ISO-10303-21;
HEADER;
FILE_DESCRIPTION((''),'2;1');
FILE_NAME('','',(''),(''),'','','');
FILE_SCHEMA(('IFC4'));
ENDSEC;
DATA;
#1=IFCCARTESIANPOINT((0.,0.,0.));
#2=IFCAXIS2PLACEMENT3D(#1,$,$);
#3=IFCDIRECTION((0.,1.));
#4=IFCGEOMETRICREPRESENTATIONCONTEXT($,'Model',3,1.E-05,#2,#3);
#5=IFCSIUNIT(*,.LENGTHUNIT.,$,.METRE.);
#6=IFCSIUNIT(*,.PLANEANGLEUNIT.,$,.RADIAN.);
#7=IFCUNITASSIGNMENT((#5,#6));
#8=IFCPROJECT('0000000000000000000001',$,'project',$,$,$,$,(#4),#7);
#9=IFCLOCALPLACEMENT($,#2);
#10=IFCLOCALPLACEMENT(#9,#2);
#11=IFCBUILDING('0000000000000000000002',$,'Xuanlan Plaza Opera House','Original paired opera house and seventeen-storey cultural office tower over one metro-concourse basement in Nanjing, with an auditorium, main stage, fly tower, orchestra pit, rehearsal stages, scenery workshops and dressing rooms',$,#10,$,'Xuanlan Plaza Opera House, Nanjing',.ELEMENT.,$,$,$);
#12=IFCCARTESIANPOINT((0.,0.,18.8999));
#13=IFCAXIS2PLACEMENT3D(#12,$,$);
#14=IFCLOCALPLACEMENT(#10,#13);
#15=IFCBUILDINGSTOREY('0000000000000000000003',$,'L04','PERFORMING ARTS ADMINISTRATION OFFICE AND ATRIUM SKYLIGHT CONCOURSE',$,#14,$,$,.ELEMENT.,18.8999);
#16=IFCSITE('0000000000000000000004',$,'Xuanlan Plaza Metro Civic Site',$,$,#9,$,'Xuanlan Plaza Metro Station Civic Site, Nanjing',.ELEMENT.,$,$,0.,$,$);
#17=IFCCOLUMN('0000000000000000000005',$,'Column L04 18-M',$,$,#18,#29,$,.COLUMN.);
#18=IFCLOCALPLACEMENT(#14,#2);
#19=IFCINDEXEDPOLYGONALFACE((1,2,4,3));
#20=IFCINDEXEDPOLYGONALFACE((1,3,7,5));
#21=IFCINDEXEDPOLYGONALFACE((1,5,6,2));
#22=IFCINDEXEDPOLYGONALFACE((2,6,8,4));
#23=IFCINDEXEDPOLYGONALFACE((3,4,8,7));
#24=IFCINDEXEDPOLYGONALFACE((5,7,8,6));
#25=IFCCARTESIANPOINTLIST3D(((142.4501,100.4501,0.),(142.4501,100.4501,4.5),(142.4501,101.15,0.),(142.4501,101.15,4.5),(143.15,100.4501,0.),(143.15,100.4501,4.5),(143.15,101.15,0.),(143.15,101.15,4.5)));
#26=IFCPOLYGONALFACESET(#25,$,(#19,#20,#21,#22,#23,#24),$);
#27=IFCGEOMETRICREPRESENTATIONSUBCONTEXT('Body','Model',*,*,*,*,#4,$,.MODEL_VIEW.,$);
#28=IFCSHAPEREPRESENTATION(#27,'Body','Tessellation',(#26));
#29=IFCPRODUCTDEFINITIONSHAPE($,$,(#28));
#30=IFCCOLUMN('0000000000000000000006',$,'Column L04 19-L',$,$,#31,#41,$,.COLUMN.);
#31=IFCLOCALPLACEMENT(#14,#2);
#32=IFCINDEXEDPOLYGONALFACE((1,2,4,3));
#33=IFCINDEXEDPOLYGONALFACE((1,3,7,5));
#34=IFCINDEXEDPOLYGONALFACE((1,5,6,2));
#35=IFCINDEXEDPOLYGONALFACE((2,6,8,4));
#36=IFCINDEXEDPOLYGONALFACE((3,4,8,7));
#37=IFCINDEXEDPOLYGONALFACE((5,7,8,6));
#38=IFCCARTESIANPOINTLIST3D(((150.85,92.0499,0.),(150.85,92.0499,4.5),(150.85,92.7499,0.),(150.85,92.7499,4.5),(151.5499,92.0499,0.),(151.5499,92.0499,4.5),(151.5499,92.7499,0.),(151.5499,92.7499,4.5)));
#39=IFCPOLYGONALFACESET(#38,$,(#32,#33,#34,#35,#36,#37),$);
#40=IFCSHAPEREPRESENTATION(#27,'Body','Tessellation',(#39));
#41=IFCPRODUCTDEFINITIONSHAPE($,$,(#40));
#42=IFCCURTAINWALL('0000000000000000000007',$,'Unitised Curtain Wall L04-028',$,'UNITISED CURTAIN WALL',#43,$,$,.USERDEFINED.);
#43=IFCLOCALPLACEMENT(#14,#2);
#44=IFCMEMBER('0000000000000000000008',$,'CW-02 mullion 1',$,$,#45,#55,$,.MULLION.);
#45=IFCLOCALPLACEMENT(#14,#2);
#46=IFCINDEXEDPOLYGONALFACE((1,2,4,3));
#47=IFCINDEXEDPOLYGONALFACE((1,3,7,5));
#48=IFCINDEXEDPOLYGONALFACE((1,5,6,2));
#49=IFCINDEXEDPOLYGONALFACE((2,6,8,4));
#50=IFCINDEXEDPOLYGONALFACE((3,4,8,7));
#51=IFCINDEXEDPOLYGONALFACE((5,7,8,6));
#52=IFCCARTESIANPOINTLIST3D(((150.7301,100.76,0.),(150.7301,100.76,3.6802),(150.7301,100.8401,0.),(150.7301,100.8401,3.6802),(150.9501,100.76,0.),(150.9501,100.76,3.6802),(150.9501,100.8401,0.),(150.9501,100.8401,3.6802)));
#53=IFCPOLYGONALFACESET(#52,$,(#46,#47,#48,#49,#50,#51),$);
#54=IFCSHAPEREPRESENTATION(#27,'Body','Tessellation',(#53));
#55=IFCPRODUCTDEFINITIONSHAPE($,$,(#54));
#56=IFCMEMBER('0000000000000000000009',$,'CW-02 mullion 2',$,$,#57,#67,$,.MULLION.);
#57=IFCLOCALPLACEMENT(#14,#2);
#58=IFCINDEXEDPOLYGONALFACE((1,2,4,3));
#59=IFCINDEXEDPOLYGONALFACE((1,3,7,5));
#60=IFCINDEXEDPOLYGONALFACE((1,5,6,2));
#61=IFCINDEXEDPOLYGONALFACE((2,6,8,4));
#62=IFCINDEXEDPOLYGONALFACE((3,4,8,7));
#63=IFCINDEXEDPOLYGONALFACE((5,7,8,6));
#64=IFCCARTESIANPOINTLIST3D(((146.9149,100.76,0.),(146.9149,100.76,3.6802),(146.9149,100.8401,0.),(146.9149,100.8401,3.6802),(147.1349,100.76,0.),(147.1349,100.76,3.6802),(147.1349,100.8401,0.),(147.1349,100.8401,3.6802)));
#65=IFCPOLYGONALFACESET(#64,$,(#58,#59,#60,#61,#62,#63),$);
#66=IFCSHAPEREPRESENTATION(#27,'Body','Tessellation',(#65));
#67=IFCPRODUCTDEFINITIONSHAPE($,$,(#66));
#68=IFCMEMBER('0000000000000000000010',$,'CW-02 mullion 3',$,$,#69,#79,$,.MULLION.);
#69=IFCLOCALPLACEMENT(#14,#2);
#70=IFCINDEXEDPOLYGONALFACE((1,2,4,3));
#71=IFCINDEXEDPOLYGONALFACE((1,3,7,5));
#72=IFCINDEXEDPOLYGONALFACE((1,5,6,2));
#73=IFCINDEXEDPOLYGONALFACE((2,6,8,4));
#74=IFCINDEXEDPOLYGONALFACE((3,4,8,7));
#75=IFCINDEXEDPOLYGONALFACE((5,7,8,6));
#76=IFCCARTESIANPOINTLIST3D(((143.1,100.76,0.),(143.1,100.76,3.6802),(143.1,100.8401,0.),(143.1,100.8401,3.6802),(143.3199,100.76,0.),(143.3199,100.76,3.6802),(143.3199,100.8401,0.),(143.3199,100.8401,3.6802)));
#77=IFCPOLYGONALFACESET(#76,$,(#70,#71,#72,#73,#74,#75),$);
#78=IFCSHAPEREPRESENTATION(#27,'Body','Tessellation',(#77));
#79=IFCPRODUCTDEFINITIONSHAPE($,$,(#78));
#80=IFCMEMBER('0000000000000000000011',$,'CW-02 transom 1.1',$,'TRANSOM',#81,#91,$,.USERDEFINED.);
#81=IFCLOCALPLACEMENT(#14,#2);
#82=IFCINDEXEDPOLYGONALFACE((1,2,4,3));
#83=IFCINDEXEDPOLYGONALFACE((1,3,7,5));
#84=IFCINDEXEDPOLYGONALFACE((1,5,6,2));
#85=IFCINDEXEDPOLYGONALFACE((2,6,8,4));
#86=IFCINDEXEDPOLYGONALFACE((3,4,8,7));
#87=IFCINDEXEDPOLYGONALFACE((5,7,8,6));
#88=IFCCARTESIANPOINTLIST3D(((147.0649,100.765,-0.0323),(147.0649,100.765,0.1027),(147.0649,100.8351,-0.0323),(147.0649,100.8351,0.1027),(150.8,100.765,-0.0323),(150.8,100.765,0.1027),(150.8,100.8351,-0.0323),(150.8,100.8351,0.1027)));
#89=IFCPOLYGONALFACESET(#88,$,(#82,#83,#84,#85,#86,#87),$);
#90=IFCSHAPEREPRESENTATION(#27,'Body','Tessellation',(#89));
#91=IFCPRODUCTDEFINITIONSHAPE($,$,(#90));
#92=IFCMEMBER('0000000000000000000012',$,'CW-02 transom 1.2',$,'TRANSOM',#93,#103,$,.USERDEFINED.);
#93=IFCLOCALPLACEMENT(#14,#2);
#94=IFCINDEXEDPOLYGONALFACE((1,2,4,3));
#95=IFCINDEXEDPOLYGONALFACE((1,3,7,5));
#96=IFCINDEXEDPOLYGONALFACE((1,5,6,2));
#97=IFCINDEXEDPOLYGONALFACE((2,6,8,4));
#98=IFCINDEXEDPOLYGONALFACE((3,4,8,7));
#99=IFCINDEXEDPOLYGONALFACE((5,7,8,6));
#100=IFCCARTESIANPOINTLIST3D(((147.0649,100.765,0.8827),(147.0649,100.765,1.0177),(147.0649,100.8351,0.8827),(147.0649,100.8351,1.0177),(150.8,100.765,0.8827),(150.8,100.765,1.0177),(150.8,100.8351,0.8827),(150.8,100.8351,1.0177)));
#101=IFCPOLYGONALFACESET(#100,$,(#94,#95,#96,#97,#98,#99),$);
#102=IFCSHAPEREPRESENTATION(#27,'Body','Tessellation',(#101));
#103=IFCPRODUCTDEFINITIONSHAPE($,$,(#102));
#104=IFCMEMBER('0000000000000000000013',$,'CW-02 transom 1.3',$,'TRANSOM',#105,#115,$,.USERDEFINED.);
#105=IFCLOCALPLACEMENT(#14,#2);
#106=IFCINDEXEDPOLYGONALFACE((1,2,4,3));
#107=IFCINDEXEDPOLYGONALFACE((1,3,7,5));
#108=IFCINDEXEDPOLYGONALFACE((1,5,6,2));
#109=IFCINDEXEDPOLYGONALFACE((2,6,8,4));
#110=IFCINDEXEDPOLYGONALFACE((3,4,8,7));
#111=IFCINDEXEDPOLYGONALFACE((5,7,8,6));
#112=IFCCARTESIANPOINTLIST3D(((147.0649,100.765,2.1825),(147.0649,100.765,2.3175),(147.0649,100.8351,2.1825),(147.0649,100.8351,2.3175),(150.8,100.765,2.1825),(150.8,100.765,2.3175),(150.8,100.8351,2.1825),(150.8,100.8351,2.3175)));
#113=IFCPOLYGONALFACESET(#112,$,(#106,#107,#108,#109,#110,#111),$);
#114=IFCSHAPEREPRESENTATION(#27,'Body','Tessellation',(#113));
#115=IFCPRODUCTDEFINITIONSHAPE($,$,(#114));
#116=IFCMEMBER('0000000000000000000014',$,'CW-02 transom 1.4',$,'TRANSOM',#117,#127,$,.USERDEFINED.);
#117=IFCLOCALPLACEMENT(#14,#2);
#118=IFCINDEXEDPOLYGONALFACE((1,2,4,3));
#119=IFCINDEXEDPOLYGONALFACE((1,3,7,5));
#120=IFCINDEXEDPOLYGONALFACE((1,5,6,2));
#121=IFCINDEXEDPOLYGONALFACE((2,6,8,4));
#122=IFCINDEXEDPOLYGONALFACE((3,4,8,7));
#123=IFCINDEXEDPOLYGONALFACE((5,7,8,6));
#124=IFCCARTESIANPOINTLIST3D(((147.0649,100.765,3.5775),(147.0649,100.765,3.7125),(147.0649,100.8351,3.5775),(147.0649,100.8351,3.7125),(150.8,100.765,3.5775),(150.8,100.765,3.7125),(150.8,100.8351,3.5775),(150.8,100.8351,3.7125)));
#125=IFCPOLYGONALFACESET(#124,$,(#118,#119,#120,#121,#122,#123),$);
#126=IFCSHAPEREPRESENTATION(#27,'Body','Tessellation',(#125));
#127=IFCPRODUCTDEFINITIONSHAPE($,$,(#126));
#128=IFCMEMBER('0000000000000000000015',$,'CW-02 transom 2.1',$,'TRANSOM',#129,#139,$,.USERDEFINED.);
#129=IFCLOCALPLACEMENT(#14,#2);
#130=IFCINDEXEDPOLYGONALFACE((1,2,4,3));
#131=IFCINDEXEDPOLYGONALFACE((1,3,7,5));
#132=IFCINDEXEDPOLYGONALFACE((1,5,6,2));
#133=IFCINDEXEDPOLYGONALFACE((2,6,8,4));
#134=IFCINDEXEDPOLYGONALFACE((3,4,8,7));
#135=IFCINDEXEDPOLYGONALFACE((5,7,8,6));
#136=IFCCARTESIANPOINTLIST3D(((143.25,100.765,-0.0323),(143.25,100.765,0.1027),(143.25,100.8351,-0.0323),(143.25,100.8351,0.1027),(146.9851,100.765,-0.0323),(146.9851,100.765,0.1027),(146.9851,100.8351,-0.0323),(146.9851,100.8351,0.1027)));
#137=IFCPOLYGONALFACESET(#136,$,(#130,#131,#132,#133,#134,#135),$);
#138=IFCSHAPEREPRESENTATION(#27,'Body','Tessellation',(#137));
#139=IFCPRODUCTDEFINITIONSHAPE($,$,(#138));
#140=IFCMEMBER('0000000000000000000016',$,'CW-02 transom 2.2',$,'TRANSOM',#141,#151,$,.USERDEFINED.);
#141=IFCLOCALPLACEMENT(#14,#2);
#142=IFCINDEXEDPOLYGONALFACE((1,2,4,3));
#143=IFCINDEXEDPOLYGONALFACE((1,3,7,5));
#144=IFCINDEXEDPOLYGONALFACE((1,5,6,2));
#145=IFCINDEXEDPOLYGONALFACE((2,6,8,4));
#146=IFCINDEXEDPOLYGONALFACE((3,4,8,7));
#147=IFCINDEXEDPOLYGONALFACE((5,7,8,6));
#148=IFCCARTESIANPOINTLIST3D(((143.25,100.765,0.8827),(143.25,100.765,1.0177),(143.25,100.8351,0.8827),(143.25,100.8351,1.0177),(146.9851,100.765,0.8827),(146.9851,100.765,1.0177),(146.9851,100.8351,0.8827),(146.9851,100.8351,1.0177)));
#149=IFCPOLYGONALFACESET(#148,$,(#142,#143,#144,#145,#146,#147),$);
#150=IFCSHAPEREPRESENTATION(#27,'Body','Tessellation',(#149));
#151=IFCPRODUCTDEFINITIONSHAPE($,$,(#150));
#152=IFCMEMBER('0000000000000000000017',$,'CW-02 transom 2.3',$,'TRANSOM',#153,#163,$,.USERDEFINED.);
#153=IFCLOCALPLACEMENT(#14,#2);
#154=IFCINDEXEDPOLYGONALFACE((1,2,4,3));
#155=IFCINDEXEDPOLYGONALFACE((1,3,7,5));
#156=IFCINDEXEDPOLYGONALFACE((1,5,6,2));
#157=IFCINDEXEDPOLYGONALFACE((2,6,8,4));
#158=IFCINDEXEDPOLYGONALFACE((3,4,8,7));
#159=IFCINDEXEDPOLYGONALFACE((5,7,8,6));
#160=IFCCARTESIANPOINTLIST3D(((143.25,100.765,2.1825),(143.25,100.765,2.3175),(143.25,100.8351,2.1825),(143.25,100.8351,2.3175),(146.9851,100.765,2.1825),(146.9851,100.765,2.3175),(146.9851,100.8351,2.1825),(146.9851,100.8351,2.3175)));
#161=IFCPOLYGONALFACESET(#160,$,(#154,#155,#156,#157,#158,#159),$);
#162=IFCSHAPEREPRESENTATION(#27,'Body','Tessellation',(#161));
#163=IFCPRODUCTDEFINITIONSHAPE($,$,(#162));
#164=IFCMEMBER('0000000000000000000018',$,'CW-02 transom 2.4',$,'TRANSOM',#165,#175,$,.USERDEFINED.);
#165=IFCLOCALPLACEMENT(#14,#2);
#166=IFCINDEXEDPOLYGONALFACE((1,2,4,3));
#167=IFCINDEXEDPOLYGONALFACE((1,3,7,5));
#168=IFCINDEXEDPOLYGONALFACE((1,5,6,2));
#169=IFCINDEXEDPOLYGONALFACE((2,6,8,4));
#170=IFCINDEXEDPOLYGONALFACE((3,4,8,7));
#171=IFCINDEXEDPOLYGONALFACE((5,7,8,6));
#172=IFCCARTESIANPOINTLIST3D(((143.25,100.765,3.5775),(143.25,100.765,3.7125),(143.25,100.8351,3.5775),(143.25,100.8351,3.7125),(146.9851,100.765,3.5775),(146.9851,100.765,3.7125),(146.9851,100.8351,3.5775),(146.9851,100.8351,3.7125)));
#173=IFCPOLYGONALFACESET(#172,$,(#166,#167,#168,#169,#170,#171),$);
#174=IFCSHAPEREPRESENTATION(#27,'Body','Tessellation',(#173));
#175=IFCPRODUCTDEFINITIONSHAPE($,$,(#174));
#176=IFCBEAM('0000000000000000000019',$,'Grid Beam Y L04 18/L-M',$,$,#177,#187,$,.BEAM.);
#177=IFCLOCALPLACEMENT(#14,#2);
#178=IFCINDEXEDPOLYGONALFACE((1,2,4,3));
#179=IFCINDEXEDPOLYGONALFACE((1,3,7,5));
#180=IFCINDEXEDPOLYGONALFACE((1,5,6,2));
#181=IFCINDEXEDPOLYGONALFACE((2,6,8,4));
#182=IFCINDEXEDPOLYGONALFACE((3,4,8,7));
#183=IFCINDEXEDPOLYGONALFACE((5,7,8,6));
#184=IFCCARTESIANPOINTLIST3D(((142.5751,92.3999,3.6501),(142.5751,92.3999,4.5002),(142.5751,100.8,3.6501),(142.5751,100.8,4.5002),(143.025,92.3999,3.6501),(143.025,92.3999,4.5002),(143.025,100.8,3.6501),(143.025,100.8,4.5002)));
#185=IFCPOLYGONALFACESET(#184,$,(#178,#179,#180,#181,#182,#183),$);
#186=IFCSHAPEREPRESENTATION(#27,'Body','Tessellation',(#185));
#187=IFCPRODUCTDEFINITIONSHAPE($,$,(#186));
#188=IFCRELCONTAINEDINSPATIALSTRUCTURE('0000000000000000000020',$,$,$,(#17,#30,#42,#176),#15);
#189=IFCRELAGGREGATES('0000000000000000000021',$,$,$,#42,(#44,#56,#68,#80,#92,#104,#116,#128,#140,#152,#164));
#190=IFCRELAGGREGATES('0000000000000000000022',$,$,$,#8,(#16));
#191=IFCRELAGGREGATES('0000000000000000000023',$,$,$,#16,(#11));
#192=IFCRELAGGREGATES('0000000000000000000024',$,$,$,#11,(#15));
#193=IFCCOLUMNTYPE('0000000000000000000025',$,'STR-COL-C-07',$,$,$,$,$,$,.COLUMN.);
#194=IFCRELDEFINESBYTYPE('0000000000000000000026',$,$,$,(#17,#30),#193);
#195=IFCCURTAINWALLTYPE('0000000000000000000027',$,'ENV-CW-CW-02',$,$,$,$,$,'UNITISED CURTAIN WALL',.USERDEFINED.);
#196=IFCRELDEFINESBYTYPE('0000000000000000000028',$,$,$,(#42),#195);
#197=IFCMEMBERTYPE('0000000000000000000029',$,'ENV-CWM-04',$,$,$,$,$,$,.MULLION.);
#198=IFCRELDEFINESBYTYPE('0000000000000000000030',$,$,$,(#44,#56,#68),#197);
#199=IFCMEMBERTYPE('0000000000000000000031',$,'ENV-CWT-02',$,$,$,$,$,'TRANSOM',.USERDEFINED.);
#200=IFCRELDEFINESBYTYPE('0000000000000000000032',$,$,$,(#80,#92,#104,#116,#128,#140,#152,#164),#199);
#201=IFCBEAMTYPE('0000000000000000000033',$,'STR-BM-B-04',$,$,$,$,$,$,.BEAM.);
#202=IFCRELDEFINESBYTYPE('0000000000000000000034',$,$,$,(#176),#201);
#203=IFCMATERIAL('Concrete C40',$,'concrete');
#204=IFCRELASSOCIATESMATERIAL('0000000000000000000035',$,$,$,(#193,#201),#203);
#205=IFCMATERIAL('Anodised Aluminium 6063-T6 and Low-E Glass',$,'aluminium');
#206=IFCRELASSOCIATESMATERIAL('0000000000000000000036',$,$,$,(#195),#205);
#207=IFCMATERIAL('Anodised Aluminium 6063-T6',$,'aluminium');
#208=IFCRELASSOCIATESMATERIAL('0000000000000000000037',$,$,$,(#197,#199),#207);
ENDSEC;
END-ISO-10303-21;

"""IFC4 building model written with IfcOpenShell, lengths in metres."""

from ifc_helpers import new_model, si_unit, direction, frame, origin, origin_2d, place, context, subcontext, project, spatial, rectangle, extrude, material, material_profile, profile_set, type_object, element, aggregate, save


model = new_model("IFC4")

# Units and contexts
model_context = context("Model", 3, precision=1e-05, world=origin(), true_north=direction((0.0, 1.0)))
body_context = subcontext(model_context, "Body", "Model", "MODEL_VIEW")
ifc_project = project(units=[si_unit("LENGTHUNIT", "METRE"), si_unit("PLANEANGLEUNIT", "RADIAN")], contexts=[model_context])

# Site, building, storey
site_placement = place(None, origin())
site = spatial("IfcSite", under=ifc_project, at=site_placement, Name="Xuanlan Plaza Metro Civic Site", LongName="Xuanlan Plaza Metro Station Civic Site, Nanjing", CompositionType="ELEMENT", RefElevation=0.0)
building_placement = place(site_placement, origin())
building = spatial("IfcBuilding", under=site, at=building_placement, Name="Xuanlan Plaza Opera House", Description="Original paired opera house and seventeen-storey cultural office tower over one metro-concourse basement in Nanjing, with an auditorium, main stage, fly tower, orchestra pit, rehearsal stages, scenery workshops and dressing rooms", LongName="Xuanlan Plaza Opera House, Nanjing", CompositionType="ELEMENT")
storey_placement = place(building_placement, frame((0.0, 0.0, 18.8999)))
storey = spatial("IfcBuildingStorey", under=building, at=storey_placement, Name="L04", Description="PERFORMING ARTS ADMINISTRATION OFFICE AND ATRIUM SKYLIGHT CONCOURSE", CompositionType="ELEMENT", Elevation=18.8999)

# Columns
ifc_material_1 = material(Name="Concrete C40", Category="concrete")
ifc_material_profile_1 = material_profile(ifc_material_1, rectangle(XDim=0.7, YDim=0.7, at=origin_2d()), Name="RC-COL 700x700")
ifc_profile_set_1 = profile_set([ifc_material_profile_1], Name="Concrete C40")
column_type = type_object("IfcColumnType", Name="STR-COL-C-07", PredefinedType="COLUMN", material=ifc_profile_set_1)
for number, where, z_axis, x_axis, name in (
    (1, (142.8, 100.8, 0.0), (0.0, 0.0, 1.0), (1.0, 0.0, 0.0), "Column L04 18-M"),
    (2, (151.2, 92.3999, 0.0), (0.0, 0.0, 1.0), (1.0, 0.0, 0.0), "Column L04 19-L"),
):
    element("IfcColumn", number, at=place(storey_placement, frame(where, z_axis=z_axis, x_axis=x_axis)), inside=storey, type_object=column_type, Name=name, PredefinedType="COLUMN", context=body_context, shape_type="SweptSolid", body=[
        extrude(rectangle(XDim=0.7, YDim=0.7, at=origin_2d()), origin(), (0.0, 0.0, 1.0), 4.5),
    ])

# Curtain wall, members
ifc_material_2 = material(Name="Anodised Aluminium 6063-T6 and Low-E Glass", Category="aluminium")
curtain_wall_type = type_object("IfcCurtainWallType", Name="ENV-CW-CW-02", ElementType="UNITISED CURTAIN WALL", PredefinedType="USERDEFINED", material=ifc_material_2)
curtain_wall_placement = place(storey_placement, origin())
curtain_wall = element("IfcCurtainWall", 3, at=curtain_wall_placement, inside=storey, type_object=curtain_wall_type, Name="Unitised Curtain Wall L04-028", ObjectType="UNITISED CURTAIN WALL", PredefinedType="USERDEFINED")
ifc_material_3 = material(Name="Anodised Aluminium 6063-T6", Category="aluminium")
ifc_material_profile_2 = material_profile(ifc_material_3, rectangle(XDim=0.0801, YDim=0.22, at=origin_2d()), Name="ALU-M 80x220")
ifc_profile_set_2 = profile_set([ifc_material_profile_2], Name="Anodised Aluminium 6063-T6")
member_type_1 = type_object("IfcMemberType", Name="ENV-CWM-04", PredefinedType="MULLION", material=ifc_profile_set_2)
member_1_placement = place(storey_placement, frame((150.8401, 100.8, 0.0), z_axis=(0.0, 0.0, 1.0), x_axis=(0.0, -1.0, 0.0)))
member_1 = element("IfcMember", 4, at=member_1_placement, type_object=member_type_1, Name="CW-02 mullion 1", PredefinedType="MULLION", context=body_context, shape_type="SweptSolid", body=[
    extrude(rectangle(XDim=0.0801, YDim=0.22, at=origin_2d()), origin(), (0.0, 0.0, 1.0), 3.6802),
])
member_2_placement = place(storey_placement, frame((147.0249, 100.8, 0.0), z_axis=(0.0, 0.0, 1.0), x_axis=(0.0, -1.0, 0.0)))
member_2 = element("IfcMember", 5, at=member_2_placement, type_object=member_type_1, Name="CW-02 mullion 2", PredefinedType="MULLION", context=body_context, shape_type="SweptSolid", body=[
    extrude(rectangle(XDim=0.0801, YDim=0.22, at=origin_2d()), origin(), (0.0, 0.0, 1.0), 3.6802),
])
member_3_placement = place(storey_placement, frame((143.21, 100.8, 0.0), z_axis=(0.0, 0.0, 1.0), x_axis=(0.0, -1.0, 0.0)))
member_3 = element("IfcMember", 6, at=member_3_placement, type_object=member_type_1, Name="CW-02 mullion 3", PredefinedType="MULLION", context=body_context, shape_type="SweptSolid", body=[
    extrude(rectangle(XDim=0.0801, YDim=0.22, at=origin_2d()), origin(), (0.0, 0.0, 1.0), 3.6802),
])
ifc_material_profile_3 = material_profile(ifc_material_3, rectangle(XDim=0.0701, YDim=0.135, at=origin_2d()), Name="ALU-T 70x135")
ifc_profile_set_3 = profile_set([ifc_material_profile_3], Name="Anodised Aluminium 6063-T6")
member_type_2 = type_object("IfcMemberType", Name="ENV-CWT-02", ElementType="TRANSOM", PredefinedType="USERDEFINED", material=ifc_profile_set_3)
member_4_placement = place(storey_placement, frame((150.8, 100.8, 0.0352), z_axis=(-1.0, 0.0, 0.0), x_axis=(0.0, -1.0, 0.0)))
member_4 = element("IfcMember", 7, at=member_4_placement, type_object=member_type_2, Name="CW-02 transom 1.1", ObjectType="TRANSOM", PredefinedType="USERDEFINED", context=body_context, shape_type="SweptSolid", body=[
    extrude(rectangle(XDim=0.0701, YDim=0.135, at=origin_2d()), origin(), (0.0, 0.0, 1.0), 3.7351),
])
member_5_placement = place(storey_placement, frame((150.8, 100.8, 0.9502), z_axis=(-1.0, 0.0, 0.0), x_axis=(0.0, -1.0, 0.0)))
member_5 = element("IfcMember", 8, at=member_5_placement, type_object=member_type_2, Name="CW-02 transom 1.2", ObjectType="TRANSOM", PredefinedType="USERDEFINED", context=body_context, shape_type="SweptSolid", body=[
    extrude(rectangle(XDim=0.0701, YDim=0.135, at=origin_2d()), origin(), (0.0, 0.0, 1.0), 3.7351),
])
member_6_placement = place(storey_placement, frame((150.8, 100.8, 2.25), z_axis=(-1.0, 0.0, 0.0), x_axis=(0.0, -1.0, 0.0)))
member_6 = element("IfcMember", 9, at=member_6_placement, type_object=member_type_2, Name="CW-02 transom 1.3", ObjectType="TRANSOM", PredefinedType="USERDEFINED", context=body_context, shape_type="SweptSolid", body=[
    extrude(rectangle(XDim=0.0701, YDim=0.135, at=origin_2d()), origin(), (0.0, 0.0, 1.0), 3.7351),
])
member_7_placement = place(storey_placement, frame((150.8, 100.8, 3.645), z_axis=(-1.0, 0.0, 0.0), x_axis=(0.0, -1.0, 0.0)))
member_7 = element("IfcMember", 10, at=member_7_placement, type_object=member_type_2, Name="CW-02 transom 1.4", ObjectType="TRANSOM", PredefinedType="USERDEFINED", context=body_context, shape_type="SweptSolid", body=[
    extrude(rectangle(XDim=0.0701, YDim=0.135, at=origin_2d()), origin(), (0.0, 0.0, 1.0), 3.7351),
])
member_8_placement = place(storey_placement, frame((146.9851, 100.8, 0.0352), z_axis=(-1.0, 0.0, 0.0), x_axis=(0.0, -1.0, 0.0)))
member_8 = element("IfcMember", 11, at=member_8_placement, type_object=member_type_2, Name="CW-02 transom 2.1", ObjectType="TRANSOM", PredefinedType="USERDEFINED", context=body_context, shape_type="SweptSolid", body=[
    extrude(rectangle(XDim=0.0701, YDim=0.135, at=origin_2d()), origin(), (0.0, 0.0, 1.0), 3.7351),
])
member_9_placement = place(storey_placement, frame((146.9851, 100.8, 0.9502), z_axis=(-1.0, 0.0, 0.0), x_axis=(0.0, -1.0, 0.0)))
member_9 = element("IfcMember", 12, at=member_9_placement, type_object=member_type_2, Name="CW-02 transom 2.2", ObjectType="TRANSOM", PredefinedType="USERDEFINED", context=body_context, shape_type="SweptSolid", body=[
    extrude(rectangle(XDim=0.0701, YDim=0.135, at=origin_2d()), origin(), (0.0, 0.0, 1.0), 3.7351),
])
member_10_placement = place(storey_placement, frame((146.9851, 100.8, 2.25), z_axis=(-1.0, 0.0, 0.0), x_axis=(0.0, -1.0, 0.0)))
member_10 = element("IfcMember", 13, at=member_10_placement, type_object=member_type_2, Name="CW-02 transom 2.3", ObjectType="TRANSOM", PredefinedType="USERDEFINED", context=body_context, shape_type="SweptSolid", body=[
    extrude(rectangle(XDim=0.0701, YDim=0.135, at=origin_2d()), origin(), (0.0, 0.0, 1.0), 3.7351),
])
member_11_placement = place(storey_placement, frame((146.9851, 100.8, 3.645), z_axis=(-1.0, 0.0, 0.0), x_axis=(0.0, -1.0, 0.0)))
member_11 = element("IfcMember", 14, at=member_11_placement, type_object=member_type_2, Name="CW-02 transom 2.4", ObjectType="TRANSOM", PredefinedType="USERDEFINED", context=body_context, shape_type="SweptSolid", body=[
    extrude(rectangle(XDim=0.0701, YDim=0.135, at=origin_2d()), origin(), (0.0, 0.0, 1.0), 3.7351),
])

# Beam
ifc_material_profile_4 = material_profile(ifc_material_1, rectangle(XDim=0.45, YDim=0.8501, at=origin_2d()), Name="RC-BM 450x850")
ifc_profile_set_4 = profile_set([ifc_material_profile_4], Name="Concrete C40")
beam_type_1 = type_object("IfcBeamType", Name="STR-BM-B-04", PredefinedType="BEAM", material=ifc_profile_set_4)
beam_1_placement = place(storey_placement, frame((142.8, 92.3999, 4.0752), z_axis=(0.0, 1.0, 0.0), x_axis=(-1.0, 0.0, 0.0)))
element("IfcBeam", 15, at=beam_1_placement, inside=storey, type_object=beam_type_1, Name="Grid Beam Y L04 18/L-M", PredefinedType="BEAM", context=body_context, shape_type="SweptSolid", body=[
    extrude(rectangle(XDim=0.45, YDim=0.8501, at=origin_2d()), origin(), (0.0, 0.0, 1.0), 8.4001),
])

aggregate(curtain_wall, [member_1, member_2, member_3, member_4, member_5, member_6, member_7, member_8, member_9, member_10, member_11])

save(model, "model.ifc")
